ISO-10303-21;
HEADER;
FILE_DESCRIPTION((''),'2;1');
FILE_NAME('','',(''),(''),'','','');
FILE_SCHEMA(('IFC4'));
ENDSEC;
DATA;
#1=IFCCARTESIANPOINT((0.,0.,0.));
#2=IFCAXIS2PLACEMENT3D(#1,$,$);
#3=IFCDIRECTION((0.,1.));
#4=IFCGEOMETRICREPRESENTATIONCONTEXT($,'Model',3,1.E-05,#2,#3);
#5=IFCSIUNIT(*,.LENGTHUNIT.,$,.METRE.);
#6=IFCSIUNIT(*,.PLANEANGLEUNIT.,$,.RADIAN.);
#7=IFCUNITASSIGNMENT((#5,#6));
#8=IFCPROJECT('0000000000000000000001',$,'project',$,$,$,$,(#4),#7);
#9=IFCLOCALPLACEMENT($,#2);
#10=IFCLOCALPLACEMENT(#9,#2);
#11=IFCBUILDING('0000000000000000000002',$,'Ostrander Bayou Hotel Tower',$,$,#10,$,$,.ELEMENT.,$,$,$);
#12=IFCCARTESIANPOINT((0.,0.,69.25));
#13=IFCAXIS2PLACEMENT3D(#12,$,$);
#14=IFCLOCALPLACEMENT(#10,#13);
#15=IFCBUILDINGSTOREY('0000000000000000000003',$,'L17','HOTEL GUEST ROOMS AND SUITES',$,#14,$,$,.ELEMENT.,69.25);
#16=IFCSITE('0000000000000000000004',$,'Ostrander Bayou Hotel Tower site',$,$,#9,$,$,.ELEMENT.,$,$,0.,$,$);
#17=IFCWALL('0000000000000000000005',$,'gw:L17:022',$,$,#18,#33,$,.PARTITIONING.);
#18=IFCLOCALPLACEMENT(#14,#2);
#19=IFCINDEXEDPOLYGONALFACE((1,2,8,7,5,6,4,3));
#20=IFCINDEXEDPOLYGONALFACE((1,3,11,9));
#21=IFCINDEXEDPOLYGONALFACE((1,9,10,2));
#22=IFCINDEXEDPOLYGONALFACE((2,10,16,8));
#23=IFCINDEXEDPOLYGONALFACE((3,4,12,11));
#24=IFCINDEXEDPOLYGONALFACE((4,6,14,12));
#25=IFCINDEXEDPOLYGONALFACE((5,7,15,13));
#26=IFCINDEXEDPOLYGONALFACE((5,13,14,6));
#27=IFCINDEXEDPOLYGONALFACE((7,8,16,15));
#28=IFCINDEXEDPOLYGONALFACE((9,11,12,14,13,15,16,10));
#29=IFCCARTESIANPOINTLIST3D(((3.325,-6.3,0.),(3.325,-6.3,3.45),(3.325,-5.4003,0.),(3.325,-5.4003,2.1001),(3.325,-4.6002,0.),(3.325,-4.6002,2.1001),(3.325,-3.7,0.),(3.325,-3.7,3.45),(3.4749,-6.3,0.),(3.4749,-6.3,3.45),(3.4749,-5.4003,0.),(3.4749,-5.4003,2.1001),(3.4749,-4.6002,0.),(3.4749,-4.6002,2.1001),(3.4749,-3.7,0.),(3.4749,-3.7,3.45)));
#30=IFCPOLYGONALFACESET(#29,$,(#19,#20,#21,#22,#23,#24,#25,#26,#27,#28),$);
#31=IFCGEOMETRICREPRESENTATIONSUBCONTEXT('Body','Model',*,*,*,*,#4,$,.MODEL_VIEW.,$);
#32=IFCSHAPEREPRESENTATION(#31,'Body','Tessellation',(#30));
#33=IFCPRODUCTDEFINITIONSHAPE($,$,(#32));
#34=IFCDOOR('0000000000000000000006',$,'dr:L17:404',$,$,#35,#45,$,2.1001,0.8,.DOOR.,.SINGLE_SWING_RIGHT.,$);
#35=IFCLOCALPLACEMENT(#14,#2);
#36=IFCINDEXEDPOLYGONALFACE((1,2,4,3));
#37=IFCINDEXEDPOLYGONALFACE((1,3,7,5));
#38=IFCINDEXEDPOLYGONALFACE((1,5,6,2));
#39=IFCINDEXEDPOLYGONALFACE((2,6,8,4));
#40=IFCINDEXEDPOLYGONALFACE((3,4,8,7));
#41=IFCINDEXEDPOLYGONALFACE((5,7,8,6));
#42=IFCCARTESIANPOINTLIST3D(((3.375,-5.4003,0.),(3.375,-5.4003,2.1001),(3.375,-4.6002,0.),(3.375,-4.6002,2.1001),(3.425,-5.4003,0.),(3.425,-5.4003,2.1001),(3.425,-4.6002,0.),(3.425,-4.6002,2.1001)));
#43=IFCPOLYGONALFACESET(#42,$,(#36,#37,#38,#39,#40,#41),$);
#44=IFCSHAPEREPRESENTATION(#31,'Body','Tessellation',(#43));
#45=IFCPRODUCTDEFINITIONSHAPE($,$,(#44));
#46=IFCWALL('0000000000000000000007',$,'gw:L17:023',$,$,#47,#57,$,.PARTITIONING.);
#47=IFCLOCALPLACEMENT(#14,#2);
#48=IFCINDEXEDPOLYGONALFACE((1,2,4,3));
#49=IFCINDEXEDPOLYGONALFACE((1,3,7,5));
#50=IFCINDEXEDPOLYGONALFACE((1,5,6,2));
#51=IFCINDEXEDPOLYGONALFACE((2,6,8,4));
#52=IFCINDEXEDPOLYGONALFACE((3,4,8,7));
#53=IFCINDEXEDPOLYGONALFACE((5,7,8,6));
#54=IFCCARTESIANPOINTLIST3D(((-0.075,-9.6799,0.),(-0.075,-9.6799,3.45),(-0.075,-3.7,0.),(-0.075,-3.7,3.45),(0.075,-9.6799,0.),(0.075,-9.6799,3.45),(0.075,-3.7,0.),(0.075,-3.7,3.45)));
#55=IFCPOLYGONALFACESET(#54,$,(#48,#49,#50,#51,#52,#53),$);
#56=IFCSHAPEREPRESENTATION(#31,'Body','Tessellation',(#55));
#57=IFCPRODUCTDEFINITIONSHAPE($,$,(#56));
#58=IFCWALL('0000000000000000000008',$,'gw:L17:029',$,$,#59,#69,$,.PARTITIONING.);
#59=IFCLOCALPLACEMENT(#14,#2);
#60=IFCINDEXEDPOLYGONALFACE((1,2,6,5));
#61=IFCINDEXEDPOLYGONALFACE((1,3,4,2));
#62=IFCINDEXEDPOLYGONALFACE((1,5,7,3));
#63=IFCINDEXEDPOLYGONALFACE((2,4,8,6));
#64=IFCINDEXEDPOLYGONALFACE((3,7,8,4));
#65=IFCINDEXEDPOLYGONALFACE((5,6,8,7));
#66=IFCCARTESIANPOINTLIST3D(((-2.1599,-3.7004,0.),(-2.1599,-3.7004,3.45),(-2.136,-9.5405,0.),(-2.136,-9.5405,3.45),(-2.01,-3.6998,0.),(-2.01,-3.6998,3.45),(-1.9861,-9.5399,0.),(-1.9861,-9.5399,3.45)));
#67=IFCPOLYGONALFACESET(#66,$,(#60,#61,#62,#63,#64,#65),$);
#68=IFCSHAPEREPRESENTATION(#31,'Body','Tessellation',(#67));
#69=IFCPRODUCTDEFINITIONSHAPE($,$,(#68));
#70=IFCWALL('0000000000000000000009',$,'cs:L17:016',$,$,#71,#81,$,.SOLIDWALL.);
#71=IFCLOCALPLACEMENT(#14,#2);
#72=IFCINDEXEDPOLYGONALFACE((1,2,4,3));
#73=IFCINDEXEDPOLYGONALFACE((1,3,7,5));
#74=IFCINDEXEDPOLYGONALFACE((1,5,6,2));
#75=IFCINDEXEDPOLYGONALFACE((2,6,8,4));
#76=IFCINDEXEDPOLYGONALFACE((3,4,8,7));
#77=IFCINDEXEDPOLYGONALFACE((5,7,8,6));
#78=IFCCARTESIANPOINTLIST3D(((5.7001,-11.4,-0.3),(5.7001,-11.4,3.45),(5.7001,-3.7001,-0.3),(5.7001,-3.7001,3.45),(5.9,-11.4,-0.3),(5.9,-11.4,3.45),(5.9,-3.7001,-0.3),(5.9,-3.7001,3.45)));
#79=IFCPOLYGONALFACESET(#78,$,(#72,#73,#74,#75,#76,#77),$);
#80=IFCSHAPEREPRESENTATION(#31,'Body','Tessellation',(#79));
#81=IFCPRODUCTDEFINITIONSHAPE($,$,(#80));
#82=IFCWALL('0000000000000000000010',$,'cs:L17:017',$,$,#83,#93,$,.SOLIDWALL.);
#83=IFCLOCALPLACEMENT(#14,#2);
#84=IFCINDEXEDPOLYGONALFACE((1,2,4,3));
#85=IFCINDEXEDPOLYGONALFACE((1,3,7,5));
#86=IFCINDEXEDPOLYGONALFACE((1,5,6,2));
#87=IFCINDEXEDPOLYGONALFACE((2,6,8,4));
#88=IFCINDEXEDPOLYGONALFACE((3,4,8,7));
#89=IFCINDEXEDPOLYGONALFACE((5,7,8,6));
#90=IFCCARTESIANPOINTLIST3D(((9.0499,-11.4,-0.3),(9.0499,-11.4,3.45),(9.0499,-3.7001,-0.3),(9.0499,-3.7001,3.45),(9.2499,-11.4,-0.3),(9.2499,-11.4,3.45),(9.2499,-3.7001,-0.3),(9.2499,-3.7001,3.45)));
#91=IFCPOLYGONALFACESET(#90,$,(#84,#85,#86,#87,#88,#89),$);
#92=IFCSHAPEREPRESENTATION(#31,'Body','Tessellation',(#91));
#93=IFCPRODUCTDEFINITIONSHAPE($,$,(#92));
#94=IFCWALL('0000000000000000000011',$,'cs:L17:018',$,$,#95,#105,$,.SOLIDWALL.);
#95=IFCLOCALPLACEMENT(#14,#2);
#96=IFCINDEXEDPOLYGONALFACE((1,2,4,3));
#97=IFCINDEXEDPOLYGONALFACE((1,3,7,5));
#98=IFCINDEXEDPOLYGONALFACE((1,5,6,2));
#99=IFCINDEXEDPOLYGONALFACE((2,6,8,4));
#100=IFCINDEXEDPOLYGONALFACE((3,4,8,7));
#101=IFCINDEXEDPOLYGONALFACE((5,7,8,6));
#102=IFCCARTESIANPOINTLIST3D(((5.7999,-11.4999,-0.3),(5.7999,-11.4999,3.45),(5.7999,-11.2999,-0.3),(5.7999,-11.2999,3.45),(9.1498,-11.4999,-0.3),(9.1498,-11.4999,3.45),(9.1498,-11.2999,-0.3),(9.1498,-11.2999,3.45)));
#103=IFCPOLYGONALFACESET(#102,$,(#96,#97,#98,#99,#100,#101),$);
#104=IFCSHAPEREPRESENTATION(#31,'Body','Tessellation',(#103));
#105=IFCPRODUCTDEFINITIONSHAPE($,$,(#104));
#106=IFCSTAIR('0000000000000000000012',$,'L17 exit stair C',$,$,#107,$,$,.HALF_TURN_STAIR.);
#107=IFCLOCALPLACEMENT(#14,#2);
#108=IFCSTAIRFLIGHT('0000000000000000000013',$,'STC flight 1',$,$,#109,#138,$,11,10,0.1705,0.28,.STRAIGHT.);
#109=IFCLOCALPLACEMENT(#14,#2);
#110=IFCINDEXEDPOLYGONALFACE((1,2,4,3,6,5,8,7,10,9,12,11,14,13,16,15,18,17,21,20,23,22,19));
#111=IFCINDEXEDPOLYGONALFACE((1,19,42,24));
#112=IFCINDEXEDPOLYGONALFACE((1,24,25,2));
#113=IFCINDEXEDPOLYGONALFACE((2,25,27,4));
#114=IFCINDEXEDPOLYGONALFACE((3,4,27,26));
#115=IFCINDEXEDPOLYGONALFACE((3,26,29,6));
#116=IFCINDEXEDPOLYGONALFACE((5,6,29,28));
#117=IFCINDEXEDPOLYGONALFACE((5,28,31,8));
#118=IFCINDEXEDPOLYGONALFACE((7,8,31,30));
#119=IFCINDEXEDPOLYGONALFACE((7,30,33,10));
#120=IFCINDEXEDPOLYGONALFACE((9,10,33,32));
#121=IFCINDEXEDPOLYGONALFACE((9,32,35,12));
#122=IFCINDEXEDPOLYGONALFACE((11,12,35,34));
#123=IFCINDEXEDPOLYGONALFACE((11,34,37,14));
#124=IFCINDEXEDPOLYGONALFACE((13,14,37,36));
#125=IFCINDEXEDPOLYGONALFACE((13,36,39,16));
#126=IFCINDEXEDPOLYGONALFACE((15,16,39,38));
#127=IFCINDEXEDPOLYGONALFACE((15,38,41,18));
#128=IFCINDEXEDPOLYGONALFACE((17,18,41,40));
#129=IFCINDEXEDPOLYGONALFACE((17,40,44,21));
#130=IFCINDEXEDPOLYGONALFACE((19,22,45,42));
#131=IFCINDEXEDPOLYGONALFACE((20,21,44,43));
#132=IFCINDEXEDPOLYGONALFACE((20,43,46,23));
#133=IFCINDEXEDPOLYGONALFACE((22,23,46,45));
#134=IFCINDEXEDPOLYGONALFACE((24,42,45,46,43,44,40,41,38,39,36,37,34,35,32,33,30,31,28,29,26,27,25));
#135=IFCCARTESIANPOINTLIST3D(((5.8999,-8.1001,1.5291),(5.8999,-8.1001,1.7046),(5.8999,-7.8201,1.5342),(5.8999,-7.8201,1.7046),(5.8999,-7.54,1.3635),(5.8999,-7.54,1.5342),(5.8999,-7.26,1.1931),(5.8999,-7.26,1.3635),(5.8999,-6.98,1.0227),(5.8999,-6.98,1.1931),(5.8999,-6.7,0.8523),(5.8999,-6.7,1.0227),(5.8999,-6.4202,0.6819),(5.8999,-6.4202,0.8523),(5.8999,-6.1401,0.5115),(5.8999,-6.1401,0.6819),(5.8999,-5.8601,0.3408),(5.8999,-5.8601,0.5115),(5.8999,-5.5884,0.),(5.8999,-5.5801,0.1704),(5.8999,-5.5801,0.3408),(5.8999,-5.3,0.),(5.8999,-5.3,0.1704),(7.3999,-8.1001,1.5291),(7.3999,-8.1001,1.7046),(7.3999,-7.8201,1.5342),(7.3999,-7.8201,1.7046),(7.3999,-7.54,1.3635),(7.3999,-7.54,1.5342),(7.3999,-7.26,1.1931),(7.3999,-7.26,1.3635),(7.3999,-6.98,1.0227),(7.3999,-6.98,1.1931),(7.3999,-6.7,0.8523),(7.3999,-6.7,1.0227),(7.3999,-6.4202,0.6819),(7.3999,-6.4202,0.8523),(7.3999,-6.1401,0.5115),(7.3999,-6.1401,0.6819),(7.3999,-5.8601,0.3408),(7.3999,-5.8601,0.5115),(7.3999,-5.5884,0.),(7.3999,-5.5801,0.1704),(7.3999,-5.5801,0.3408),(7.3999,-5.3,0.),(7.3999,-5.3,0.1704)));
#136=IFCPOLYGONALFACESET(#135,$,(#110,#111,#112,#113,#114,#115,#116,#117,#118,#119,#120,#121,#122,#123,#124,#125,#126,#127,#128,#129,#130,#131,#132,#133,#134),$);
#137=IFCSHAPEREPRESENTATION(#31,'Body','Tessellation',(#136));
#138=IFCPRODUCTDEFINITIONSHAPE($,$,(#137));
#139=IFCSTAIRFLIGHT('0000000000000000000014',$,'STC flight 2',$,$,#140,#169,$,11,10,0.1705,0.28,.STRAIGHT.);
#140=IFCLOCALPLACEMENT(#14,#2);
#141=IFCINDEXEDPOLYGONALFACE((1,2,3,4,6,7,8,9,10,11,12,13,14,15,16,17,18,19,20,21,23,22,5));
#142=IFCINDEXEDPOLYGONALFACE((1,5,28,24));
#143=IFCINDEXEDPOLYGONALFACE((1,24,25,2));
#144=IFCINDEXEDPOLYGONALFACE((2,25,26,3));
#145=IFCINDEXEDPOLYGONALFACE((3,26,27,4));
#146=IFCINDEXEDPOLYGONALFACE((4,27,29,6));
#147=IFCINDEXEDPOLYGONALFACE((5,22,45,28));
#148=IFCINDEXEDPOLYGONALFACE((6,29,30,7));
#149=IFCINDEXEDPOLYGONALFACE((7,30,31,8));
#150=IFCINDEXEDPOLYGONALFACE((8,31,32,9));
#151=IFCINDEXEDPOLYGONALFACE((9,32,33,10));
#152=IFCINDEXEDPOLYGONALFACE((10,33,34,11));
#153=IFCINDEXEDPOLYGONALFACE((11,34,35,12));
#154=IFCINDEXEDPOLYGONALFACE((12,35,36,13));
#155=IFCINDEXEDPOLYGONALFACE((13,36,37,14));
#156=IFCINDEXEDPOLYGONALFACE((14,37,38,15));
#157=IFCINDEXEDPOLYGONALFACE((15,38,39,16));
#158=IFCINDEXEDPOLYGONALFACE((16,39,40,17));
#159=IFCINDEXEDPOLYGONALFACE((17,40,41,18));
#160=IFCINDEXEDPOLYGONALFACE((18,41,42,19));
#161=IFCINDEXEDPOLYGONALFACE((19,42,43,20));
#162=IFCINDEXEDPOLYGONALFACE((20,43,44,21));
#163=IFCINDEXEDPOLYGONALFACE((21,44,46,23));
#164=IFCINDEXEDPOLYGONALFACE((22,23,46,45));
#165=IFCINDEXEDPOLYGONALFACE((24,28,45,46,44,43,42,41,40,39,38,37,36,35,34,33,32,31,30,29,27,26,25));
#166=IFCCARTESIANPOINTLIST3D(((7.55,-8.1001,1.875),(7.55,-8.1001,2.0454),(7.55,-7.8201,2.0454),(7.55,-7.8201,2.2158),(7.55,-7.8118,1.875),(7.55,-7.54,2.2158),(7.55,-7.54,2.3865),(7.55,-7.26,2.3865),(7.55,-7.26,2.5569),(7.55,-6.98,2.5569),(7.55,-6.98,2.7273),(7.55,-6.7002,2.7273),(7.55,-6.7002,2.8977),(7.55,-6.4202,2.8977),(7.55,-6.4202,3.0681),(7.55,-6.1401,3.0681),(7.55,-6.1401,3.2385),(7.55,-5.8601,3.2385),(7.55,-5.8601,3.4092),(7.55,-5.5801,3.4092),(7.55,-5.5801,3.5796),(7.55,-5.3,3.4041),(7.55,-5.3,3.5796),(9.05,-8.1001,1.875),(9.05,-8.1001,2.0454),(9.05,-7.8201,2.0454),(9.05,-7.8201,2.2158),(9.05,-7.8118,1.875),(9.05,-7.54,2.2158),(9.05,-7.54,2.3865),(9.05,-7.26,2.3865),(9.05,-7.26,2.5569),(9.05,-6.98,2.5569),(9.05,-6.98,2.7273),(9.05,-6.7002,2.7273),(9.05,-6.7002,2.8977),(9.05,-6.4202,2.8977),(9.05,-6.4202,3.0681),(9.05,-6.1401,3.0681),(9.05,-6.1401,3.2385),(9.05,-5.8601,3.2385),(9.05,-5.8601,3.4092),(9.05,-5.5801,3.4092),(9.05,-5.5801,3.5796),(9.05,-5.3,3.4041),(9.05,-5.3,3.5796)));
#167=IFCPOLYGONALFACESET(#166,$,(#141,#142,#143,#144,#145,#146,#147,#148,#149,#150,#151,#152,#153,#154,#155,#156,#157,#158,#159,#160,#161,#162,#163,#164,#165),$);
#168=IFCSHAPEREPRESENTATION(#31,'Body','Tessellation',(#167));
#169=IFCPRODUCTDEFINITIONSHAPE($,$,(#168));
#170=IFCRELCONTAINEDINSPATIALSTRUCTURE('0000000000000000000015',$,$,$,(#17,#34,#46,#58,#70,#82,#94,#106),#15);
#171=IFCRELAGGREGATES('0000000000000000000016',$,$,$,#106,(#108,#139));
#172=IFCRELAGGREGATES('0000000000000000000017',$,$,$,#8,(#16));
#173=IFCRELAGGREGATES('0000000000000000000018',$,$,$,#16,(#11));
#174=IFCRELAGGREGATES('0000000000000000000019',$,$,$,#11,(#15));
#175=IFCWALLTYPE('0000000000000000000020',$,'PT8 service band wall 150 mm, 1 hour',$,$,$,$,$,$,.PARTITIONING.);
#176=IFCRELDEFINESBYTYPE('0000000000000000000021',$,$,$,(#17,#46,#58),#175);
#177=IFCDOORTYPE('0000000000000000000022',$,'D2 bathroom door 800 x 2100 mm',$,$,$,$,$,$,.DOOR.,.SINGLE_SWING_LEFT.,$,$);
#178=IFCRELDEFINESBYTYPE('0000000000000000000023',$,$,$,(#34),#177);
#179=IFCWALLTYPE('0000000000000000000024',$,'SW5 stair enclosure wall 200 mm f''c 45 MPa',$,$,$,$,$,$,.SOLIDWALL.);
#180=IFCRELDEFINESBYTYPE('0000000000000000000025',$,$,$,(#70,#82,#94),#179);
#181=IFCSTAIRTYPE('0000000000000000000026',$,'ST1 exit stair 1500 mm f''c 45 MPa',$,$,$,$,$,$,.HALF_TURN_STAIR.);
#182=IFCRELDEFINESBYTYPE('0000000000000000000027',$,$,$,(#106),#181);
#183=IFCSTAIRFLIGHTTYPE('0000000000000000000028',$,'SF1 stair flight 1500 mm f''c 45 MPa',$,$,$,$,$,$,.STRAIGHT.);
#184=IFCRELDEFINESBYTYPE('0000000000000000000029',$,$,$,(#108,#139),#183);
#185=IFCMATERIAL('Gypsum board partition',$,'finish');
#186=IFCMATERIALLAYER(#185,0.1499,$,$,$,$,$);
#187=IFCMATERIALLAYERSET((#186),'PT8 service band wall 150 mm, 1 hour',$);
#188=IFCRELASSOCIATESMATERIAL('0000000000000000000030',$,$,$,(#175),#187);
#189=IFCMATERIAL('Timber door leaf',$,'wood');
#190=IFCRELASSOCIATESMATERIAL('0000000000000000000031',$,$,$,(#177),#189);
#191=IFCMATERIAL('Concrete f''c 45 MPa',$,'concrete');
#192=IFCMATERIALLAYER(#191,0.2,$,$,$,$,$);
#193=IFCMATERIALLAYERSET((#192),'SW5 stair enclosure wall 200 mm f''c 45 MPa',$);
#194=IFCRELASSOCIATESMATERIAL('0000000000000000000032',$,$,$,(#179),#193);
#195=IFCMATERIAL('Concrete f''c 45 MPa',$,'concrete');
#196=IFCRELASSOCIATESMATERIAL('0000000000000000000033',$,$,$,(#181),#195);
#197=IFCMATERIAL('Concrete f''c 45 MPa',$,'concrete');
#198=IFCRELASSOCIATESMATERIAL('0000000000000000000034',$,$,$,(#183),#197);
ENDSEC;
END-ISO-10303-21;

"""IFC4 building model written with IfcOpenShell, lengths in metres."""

from ifc_helpers import new_model, si_unit, direction, frame, frame_2d, origin, place, context, subcontext, project, spatial, polyline, rectangle, outline, extrude, material, layer, layer_set, type_object, element, fill, aggregate, save


model = new_model("IFC4")

# Units and contexts
model_context = context("Model", 3, precision=1e-05, world=origin(), true_north=direction((0.0, 1.0)))
body_context = subcontext(model_context, "Body", "Model", "MODEL_VIEW")
ifc_project = project(units=[si_unit("LENGTHUNIT", "METRE"), si_unit("PLANEANGLEUNIT", "RADIAN")], contexts=[model_context])

# Site, building, storey
site_placement = place(None, origin())
site = spatial("IfcSite", under=ifc_project, at=site_placement, Name="Ostrander Bayou Hotel Tower site", CompositionType="ELEMENT", RefElevation=0.0)
building_placement = place(site_placement, origin())
building = spatial("IfcBuilding", under=site, at=building_placement, Name="Ostrander Bayou Hotel Tower", CompositionType="ELEMENT")
storey_placement = place(building_placement, frame((0.0, 0.0, 69.25)))
storey = spatial("IfcBuildingStorey", under=building, at=storey_placement, Name="L17", Description="HOTEL GUEST ROOMS AND SUITES", CompositionType="ELEMENT", Elevation=69.25)

# Shared definitions
ifc_material_1 = material(Name="Gypsum board partition", Category="finish")
ifc_layer_1 = layer(ifc_material_1, 0.1499)
ifc_layer_set_1 = layer_set([ifc_layer_1], Name="PT8 service band wall 150 mm, 1 hour")
wall_type_1 = type_object("IfcWallType", Name="PT8 service band wall 150 mm, 1 hour", PredefinedType="PARTITIONING", material=ifc_layer_set_1)

# Wall, opening, door
wall_1_placement = place(storey_placement, frame((3.3999, -6.3, 0.0), z_axis=(0.0, 0.0, 1.0), x_axis=(0.0, 1.0, 0.0)))
wall_1 = element("IfcWall", 1, at=wall_1_placement, inside=storey, type_object=wall_type_1, Name="gw:L17:022", PredefinedType="PARTITIONING", context=body_context, shape_type="SweptSolid", body=[
    extrude(rectangle(XDim=2.6001, YDim=0.1499, at=frame_2d((1.3, 0.0))), origin(), (0.0, 0.0, 1.0), 3.45),
])
opening_1_placement = place(wall_1_placement, frame((0.8999, 0.0, 0.0)))
opening_1 = element("IfcOpeningElement", 2, at=opening_1_placement, cuts=wall_1, PredefinedType="OPENING", context=body_context, shape_type="SweptSolid", body=[
    extrude(rectangle(XDim=0.8, YDim=2.1001, at=frame_2d((0.3999, 1.05))), frame((0.0, 0.075, 0.0), z_axis=(0.0, -1.0, 0.0), x_axis=(1.0, 0.0, 0.0)), (0.0, 0.0, 1.0), 0.1499),
])
ifc_material_2 = material(Name="Timber door leaf", Category="wood")
door_type_1 = type_object("IfcDoorType", Name="D2 bathroom door 800 x 2100 mm", OperationType="SINGLE_SWING_LEFT", PredefinedType="DOOR", material=ifc_material_2)
door_1_placement = place(opening_1_placement, origin())
door_1 = element("IfcDoor", 3, at=door_1_placement, inside=storey, type_object=door_type_1, Name="dr:L17:404", OperationType="SINGLE_SWING_RIGHT", OverallHeight=2.1001, OverallWidth=0.8, PredefinedType="DOOR", context=body_context, shape_type="SweptSolid", body=[
    extrude(rectangle(XDim=0.8, YDim=2.1001, at=frame_2d((0.3999, 1.05))), frame((0.0, 0.0249, 0.0), z_axis=(0.0, -1.0, 0.0), x_axis=(1.0, 0.0, 0.0)), (0.0, 0.0, 1.0), 0.05),
])
fill(opening_1, door_1)

# Walls
wall_2_placement = place(storey_placement, frame((0.0, -9.6799, 0.0), z_axis=(0.0, 0.0, 1.0), x_axis=(0.0, 1.0, 0.0)))
element("IfcWall", 4, at=wall_2_placement, inside=storey, type_object=wall_type_1, Name="gw:L17:023", PredefinedType="PARTITIONING", context=body_context, shape_type="SweptSolid", body=[
    extrude(rectangle(XDim=5.98, YDim=0.1499, at=frame_2d((2.99, 0.0))), origin(), (0.0, 0.0, 1.0), 3.45),
])
wall_3_placement = place(storey_placement, frame((-2.061, -9.54, 0.0), z_axis=(0.0, 0.0, 1.0), x_axis=(-0.004097, 0.999992, 0.0)))
element("IfcWall", 5, at=wall_3_placement, inside=storey, type_object=wall_type_1, Name="gw:L17:029", PredefinedType="PARTITIONING", context=body_context, shape_type="SweptSolid", body=[
    extrude(rectangle(XDim=5.8401, YDim=0.1499, at=frame_2d((2.9199, 0.0))), origin(), (0.0, 0.0, 1.0), 3.45),
])

# Shared definitions
ifc_material_3 = material(Name="Concrete f'c 45 MPa", Category="concrete")
ifc_layer_2 = layer(ifc_material_3, 0.2)
ifc_layer_set_2 = layer_set([ifc_layer_2], Name="SW5 stair enclosure wall 200 mm f'c 45 MPa")
wall_type_2 = type_object("IfcWallType", Name="SW5 stair enclosure wall 200 mm f'c 45 MPa", PredefinedType="SOLIDWALL", material=ifc_layer_set_2)

# Walls
for number, where, z_axis, x_axis, name in (
    (6, (5.8, -3.7, -0.3), (0.0, 0.0, 1.0), (0.0, -1.0, 0.0), "cs:L17:016"),
    (7, (9.1499, -3.7, -0.3), (0.0, 0.0, 1.0), (0.0, -1.0, 0.0), "cs:L17:017"),
):
    element("IfcWall", number, at=place(storey_placement, frame(where, z_axis=z_axis, x_axis=x_axis)), inside=storey, type_object=wall_type_2, Name=name, PredefinedType="SOLIDWALL", context=body_context, shape_type="SweptSolid", body=[
        extrude(rectangle(XDim=7.7, YDim=0.2, at=frame_2d((3.8501, 0.0))), origin(), (0.0, 0.0, 1.0), 3.75),
    ])
wall_4_placement = place(storey_placement, frame((5.8, -11.3999, -0.3), z_axis=(0.0, 0.0, 1.0), x_axis=(1.0, 0.0, 0.0)))
element("IfcWall", 8, at=wall_4_placement, inside=storey, type_object=wall_type_2, Name="cs:L17:018", PredefinedType="SOLIDWALL", context=body_context, shape_type="SweptSolid", body=[
    extrude(rectangle(XDim=3.3499, YDim=0.2, at=frame_2d((1.6748, 0.0))), origin(), (0.0, 0.0, 1.0), 3.75),
])

# Stair, stair flights
ifc_material_4 = material(Name="Concrete f'c 45 MPa", Category="concrete")
stair_type = type_object("IfcStairType", Name="ST1 exit stair 1500 mm f'c 45 MPa", PredefinedType="HALF_TURN_STAIR", material=ifc_material_4)
stair_placement = place(storey_placement, origin())
stair = element("IfcStair", 9, at=stair_placement, inside=storey, type_object=stair_type, Name="L17 exit stair C", PredefinedType="HALF_TURN_STAIR")
ifc_material_5 = material(Name="Concrete f'c 45 MPa", Category="concrete")
stair_flight_type = type_object("IfcStairFlightType", Name="SF1 stair flight 1500 mm f'c 45 MPa", PredefinedType="STRAIGHT", material=ifc_material_5)
stair_flight_1_placement = place(storey_placement, frame((6.6499, -5.3, 0.0), z_axis=(0.0, 0.0, 1.0), x_axis=(0.0, -1.0, 0.0)))
stair_flight_1 = element("IfcStairFlight", 10, at=stair_flight_1_placement, type_object=stair_flight_type, Name="STC flight 1", NumberOfRisers=11, NumberOfTreads=10, PredefinedType="STRAIGHT", RiserHeight=0.1705, TreadLength=0.28, context=body_context, shape_type="SweptSolid", body=[
    extrude(outline(polyline([(0.0, 0.0), (0.0, 0.1704), (0.28, 0.1704), (0.28, 0.3408), (0.5601, 0.3408), (0.5601, 0.5115), (0.8401, 0.5115), (0.8401, 0.6819), (1.1201, 0.6819), (1.1201, 0.8523), (1.3999, 0.8523), (1.3999, 1.0227), (1.6799, 1.0227), (1.6799, 1.1931), (1.96, 1.1931), (1.96, 1.3635), (2.24, 1.3635), (2.24, 1.5342), (2.52, 1.5342), (2.52, 1.7046), (2.8, 1.7046), (2.8, 1.875), (2.8, 1.5291), (0.2883, 0.0), (0.0, 0.0)])), frame((0.0, 0.75, 0.0), z_axis=(0.0, -1.0, 0.0), x_axis=(1.0, 0.0, 0.0)), (0.0, 0.0, 1.0), 1.5),
])
stair_flight_2_placement = place(storey_placement, frame((8.3, -8.1001, 1.875), z_axis=(0.0, 0.0, 1.0), x_axis=(0.0, 1.0, 0.0)))
stair_flight_2 = element("IfcStairFlight", 11, at=stair_flight_2_placement, type_object=stair_flight_type, Name="STC flight 2", NumberOfRisers=11, NumberOfTreads=10, PredefinedType="STRAIGHT", RiserHeight=0.1705, TreadLength=0.28, context=body_context, shape_type="SweptSolid", body=[
    extrude(outline(polyline([(0.0, 0.0), (0.0, 0.1704), (0.28, 0.1704), (0.28, 0.3408), (0.5601, 0.3408), (0.5601, 0.5115), (0.8401, 0.5115), (0.8401, 0.6819), (1.1201, 0.6819), (1.1201, 0.8523), (1.3999, 0.8523), (1.3999, 1.0227), (1.6799, 1.0227), (1.6799, 1.1931), (1.96, 1.1931), (1.96, 1.3635), (2.24, 1.3635), (2.24, 1.5342), (2.52, 1.5342), (2.52, 1.7046), (2.8, 1.7046), (2.8, 1.875), (2.8, 1.5291), (0.2883, 0.0), (0.0, 0.0)])), frame((0.0, 0.75, 0.0), z_axis=(0.0, -1.0, 0.0), x_axis=(1.0, 0.0, 0.0)), (0.0, 0.0, 1.0), 1.5),
])
aggregate(stair, [stair_flight_1, stair_flight_2])

save(model, "model.ifc")
